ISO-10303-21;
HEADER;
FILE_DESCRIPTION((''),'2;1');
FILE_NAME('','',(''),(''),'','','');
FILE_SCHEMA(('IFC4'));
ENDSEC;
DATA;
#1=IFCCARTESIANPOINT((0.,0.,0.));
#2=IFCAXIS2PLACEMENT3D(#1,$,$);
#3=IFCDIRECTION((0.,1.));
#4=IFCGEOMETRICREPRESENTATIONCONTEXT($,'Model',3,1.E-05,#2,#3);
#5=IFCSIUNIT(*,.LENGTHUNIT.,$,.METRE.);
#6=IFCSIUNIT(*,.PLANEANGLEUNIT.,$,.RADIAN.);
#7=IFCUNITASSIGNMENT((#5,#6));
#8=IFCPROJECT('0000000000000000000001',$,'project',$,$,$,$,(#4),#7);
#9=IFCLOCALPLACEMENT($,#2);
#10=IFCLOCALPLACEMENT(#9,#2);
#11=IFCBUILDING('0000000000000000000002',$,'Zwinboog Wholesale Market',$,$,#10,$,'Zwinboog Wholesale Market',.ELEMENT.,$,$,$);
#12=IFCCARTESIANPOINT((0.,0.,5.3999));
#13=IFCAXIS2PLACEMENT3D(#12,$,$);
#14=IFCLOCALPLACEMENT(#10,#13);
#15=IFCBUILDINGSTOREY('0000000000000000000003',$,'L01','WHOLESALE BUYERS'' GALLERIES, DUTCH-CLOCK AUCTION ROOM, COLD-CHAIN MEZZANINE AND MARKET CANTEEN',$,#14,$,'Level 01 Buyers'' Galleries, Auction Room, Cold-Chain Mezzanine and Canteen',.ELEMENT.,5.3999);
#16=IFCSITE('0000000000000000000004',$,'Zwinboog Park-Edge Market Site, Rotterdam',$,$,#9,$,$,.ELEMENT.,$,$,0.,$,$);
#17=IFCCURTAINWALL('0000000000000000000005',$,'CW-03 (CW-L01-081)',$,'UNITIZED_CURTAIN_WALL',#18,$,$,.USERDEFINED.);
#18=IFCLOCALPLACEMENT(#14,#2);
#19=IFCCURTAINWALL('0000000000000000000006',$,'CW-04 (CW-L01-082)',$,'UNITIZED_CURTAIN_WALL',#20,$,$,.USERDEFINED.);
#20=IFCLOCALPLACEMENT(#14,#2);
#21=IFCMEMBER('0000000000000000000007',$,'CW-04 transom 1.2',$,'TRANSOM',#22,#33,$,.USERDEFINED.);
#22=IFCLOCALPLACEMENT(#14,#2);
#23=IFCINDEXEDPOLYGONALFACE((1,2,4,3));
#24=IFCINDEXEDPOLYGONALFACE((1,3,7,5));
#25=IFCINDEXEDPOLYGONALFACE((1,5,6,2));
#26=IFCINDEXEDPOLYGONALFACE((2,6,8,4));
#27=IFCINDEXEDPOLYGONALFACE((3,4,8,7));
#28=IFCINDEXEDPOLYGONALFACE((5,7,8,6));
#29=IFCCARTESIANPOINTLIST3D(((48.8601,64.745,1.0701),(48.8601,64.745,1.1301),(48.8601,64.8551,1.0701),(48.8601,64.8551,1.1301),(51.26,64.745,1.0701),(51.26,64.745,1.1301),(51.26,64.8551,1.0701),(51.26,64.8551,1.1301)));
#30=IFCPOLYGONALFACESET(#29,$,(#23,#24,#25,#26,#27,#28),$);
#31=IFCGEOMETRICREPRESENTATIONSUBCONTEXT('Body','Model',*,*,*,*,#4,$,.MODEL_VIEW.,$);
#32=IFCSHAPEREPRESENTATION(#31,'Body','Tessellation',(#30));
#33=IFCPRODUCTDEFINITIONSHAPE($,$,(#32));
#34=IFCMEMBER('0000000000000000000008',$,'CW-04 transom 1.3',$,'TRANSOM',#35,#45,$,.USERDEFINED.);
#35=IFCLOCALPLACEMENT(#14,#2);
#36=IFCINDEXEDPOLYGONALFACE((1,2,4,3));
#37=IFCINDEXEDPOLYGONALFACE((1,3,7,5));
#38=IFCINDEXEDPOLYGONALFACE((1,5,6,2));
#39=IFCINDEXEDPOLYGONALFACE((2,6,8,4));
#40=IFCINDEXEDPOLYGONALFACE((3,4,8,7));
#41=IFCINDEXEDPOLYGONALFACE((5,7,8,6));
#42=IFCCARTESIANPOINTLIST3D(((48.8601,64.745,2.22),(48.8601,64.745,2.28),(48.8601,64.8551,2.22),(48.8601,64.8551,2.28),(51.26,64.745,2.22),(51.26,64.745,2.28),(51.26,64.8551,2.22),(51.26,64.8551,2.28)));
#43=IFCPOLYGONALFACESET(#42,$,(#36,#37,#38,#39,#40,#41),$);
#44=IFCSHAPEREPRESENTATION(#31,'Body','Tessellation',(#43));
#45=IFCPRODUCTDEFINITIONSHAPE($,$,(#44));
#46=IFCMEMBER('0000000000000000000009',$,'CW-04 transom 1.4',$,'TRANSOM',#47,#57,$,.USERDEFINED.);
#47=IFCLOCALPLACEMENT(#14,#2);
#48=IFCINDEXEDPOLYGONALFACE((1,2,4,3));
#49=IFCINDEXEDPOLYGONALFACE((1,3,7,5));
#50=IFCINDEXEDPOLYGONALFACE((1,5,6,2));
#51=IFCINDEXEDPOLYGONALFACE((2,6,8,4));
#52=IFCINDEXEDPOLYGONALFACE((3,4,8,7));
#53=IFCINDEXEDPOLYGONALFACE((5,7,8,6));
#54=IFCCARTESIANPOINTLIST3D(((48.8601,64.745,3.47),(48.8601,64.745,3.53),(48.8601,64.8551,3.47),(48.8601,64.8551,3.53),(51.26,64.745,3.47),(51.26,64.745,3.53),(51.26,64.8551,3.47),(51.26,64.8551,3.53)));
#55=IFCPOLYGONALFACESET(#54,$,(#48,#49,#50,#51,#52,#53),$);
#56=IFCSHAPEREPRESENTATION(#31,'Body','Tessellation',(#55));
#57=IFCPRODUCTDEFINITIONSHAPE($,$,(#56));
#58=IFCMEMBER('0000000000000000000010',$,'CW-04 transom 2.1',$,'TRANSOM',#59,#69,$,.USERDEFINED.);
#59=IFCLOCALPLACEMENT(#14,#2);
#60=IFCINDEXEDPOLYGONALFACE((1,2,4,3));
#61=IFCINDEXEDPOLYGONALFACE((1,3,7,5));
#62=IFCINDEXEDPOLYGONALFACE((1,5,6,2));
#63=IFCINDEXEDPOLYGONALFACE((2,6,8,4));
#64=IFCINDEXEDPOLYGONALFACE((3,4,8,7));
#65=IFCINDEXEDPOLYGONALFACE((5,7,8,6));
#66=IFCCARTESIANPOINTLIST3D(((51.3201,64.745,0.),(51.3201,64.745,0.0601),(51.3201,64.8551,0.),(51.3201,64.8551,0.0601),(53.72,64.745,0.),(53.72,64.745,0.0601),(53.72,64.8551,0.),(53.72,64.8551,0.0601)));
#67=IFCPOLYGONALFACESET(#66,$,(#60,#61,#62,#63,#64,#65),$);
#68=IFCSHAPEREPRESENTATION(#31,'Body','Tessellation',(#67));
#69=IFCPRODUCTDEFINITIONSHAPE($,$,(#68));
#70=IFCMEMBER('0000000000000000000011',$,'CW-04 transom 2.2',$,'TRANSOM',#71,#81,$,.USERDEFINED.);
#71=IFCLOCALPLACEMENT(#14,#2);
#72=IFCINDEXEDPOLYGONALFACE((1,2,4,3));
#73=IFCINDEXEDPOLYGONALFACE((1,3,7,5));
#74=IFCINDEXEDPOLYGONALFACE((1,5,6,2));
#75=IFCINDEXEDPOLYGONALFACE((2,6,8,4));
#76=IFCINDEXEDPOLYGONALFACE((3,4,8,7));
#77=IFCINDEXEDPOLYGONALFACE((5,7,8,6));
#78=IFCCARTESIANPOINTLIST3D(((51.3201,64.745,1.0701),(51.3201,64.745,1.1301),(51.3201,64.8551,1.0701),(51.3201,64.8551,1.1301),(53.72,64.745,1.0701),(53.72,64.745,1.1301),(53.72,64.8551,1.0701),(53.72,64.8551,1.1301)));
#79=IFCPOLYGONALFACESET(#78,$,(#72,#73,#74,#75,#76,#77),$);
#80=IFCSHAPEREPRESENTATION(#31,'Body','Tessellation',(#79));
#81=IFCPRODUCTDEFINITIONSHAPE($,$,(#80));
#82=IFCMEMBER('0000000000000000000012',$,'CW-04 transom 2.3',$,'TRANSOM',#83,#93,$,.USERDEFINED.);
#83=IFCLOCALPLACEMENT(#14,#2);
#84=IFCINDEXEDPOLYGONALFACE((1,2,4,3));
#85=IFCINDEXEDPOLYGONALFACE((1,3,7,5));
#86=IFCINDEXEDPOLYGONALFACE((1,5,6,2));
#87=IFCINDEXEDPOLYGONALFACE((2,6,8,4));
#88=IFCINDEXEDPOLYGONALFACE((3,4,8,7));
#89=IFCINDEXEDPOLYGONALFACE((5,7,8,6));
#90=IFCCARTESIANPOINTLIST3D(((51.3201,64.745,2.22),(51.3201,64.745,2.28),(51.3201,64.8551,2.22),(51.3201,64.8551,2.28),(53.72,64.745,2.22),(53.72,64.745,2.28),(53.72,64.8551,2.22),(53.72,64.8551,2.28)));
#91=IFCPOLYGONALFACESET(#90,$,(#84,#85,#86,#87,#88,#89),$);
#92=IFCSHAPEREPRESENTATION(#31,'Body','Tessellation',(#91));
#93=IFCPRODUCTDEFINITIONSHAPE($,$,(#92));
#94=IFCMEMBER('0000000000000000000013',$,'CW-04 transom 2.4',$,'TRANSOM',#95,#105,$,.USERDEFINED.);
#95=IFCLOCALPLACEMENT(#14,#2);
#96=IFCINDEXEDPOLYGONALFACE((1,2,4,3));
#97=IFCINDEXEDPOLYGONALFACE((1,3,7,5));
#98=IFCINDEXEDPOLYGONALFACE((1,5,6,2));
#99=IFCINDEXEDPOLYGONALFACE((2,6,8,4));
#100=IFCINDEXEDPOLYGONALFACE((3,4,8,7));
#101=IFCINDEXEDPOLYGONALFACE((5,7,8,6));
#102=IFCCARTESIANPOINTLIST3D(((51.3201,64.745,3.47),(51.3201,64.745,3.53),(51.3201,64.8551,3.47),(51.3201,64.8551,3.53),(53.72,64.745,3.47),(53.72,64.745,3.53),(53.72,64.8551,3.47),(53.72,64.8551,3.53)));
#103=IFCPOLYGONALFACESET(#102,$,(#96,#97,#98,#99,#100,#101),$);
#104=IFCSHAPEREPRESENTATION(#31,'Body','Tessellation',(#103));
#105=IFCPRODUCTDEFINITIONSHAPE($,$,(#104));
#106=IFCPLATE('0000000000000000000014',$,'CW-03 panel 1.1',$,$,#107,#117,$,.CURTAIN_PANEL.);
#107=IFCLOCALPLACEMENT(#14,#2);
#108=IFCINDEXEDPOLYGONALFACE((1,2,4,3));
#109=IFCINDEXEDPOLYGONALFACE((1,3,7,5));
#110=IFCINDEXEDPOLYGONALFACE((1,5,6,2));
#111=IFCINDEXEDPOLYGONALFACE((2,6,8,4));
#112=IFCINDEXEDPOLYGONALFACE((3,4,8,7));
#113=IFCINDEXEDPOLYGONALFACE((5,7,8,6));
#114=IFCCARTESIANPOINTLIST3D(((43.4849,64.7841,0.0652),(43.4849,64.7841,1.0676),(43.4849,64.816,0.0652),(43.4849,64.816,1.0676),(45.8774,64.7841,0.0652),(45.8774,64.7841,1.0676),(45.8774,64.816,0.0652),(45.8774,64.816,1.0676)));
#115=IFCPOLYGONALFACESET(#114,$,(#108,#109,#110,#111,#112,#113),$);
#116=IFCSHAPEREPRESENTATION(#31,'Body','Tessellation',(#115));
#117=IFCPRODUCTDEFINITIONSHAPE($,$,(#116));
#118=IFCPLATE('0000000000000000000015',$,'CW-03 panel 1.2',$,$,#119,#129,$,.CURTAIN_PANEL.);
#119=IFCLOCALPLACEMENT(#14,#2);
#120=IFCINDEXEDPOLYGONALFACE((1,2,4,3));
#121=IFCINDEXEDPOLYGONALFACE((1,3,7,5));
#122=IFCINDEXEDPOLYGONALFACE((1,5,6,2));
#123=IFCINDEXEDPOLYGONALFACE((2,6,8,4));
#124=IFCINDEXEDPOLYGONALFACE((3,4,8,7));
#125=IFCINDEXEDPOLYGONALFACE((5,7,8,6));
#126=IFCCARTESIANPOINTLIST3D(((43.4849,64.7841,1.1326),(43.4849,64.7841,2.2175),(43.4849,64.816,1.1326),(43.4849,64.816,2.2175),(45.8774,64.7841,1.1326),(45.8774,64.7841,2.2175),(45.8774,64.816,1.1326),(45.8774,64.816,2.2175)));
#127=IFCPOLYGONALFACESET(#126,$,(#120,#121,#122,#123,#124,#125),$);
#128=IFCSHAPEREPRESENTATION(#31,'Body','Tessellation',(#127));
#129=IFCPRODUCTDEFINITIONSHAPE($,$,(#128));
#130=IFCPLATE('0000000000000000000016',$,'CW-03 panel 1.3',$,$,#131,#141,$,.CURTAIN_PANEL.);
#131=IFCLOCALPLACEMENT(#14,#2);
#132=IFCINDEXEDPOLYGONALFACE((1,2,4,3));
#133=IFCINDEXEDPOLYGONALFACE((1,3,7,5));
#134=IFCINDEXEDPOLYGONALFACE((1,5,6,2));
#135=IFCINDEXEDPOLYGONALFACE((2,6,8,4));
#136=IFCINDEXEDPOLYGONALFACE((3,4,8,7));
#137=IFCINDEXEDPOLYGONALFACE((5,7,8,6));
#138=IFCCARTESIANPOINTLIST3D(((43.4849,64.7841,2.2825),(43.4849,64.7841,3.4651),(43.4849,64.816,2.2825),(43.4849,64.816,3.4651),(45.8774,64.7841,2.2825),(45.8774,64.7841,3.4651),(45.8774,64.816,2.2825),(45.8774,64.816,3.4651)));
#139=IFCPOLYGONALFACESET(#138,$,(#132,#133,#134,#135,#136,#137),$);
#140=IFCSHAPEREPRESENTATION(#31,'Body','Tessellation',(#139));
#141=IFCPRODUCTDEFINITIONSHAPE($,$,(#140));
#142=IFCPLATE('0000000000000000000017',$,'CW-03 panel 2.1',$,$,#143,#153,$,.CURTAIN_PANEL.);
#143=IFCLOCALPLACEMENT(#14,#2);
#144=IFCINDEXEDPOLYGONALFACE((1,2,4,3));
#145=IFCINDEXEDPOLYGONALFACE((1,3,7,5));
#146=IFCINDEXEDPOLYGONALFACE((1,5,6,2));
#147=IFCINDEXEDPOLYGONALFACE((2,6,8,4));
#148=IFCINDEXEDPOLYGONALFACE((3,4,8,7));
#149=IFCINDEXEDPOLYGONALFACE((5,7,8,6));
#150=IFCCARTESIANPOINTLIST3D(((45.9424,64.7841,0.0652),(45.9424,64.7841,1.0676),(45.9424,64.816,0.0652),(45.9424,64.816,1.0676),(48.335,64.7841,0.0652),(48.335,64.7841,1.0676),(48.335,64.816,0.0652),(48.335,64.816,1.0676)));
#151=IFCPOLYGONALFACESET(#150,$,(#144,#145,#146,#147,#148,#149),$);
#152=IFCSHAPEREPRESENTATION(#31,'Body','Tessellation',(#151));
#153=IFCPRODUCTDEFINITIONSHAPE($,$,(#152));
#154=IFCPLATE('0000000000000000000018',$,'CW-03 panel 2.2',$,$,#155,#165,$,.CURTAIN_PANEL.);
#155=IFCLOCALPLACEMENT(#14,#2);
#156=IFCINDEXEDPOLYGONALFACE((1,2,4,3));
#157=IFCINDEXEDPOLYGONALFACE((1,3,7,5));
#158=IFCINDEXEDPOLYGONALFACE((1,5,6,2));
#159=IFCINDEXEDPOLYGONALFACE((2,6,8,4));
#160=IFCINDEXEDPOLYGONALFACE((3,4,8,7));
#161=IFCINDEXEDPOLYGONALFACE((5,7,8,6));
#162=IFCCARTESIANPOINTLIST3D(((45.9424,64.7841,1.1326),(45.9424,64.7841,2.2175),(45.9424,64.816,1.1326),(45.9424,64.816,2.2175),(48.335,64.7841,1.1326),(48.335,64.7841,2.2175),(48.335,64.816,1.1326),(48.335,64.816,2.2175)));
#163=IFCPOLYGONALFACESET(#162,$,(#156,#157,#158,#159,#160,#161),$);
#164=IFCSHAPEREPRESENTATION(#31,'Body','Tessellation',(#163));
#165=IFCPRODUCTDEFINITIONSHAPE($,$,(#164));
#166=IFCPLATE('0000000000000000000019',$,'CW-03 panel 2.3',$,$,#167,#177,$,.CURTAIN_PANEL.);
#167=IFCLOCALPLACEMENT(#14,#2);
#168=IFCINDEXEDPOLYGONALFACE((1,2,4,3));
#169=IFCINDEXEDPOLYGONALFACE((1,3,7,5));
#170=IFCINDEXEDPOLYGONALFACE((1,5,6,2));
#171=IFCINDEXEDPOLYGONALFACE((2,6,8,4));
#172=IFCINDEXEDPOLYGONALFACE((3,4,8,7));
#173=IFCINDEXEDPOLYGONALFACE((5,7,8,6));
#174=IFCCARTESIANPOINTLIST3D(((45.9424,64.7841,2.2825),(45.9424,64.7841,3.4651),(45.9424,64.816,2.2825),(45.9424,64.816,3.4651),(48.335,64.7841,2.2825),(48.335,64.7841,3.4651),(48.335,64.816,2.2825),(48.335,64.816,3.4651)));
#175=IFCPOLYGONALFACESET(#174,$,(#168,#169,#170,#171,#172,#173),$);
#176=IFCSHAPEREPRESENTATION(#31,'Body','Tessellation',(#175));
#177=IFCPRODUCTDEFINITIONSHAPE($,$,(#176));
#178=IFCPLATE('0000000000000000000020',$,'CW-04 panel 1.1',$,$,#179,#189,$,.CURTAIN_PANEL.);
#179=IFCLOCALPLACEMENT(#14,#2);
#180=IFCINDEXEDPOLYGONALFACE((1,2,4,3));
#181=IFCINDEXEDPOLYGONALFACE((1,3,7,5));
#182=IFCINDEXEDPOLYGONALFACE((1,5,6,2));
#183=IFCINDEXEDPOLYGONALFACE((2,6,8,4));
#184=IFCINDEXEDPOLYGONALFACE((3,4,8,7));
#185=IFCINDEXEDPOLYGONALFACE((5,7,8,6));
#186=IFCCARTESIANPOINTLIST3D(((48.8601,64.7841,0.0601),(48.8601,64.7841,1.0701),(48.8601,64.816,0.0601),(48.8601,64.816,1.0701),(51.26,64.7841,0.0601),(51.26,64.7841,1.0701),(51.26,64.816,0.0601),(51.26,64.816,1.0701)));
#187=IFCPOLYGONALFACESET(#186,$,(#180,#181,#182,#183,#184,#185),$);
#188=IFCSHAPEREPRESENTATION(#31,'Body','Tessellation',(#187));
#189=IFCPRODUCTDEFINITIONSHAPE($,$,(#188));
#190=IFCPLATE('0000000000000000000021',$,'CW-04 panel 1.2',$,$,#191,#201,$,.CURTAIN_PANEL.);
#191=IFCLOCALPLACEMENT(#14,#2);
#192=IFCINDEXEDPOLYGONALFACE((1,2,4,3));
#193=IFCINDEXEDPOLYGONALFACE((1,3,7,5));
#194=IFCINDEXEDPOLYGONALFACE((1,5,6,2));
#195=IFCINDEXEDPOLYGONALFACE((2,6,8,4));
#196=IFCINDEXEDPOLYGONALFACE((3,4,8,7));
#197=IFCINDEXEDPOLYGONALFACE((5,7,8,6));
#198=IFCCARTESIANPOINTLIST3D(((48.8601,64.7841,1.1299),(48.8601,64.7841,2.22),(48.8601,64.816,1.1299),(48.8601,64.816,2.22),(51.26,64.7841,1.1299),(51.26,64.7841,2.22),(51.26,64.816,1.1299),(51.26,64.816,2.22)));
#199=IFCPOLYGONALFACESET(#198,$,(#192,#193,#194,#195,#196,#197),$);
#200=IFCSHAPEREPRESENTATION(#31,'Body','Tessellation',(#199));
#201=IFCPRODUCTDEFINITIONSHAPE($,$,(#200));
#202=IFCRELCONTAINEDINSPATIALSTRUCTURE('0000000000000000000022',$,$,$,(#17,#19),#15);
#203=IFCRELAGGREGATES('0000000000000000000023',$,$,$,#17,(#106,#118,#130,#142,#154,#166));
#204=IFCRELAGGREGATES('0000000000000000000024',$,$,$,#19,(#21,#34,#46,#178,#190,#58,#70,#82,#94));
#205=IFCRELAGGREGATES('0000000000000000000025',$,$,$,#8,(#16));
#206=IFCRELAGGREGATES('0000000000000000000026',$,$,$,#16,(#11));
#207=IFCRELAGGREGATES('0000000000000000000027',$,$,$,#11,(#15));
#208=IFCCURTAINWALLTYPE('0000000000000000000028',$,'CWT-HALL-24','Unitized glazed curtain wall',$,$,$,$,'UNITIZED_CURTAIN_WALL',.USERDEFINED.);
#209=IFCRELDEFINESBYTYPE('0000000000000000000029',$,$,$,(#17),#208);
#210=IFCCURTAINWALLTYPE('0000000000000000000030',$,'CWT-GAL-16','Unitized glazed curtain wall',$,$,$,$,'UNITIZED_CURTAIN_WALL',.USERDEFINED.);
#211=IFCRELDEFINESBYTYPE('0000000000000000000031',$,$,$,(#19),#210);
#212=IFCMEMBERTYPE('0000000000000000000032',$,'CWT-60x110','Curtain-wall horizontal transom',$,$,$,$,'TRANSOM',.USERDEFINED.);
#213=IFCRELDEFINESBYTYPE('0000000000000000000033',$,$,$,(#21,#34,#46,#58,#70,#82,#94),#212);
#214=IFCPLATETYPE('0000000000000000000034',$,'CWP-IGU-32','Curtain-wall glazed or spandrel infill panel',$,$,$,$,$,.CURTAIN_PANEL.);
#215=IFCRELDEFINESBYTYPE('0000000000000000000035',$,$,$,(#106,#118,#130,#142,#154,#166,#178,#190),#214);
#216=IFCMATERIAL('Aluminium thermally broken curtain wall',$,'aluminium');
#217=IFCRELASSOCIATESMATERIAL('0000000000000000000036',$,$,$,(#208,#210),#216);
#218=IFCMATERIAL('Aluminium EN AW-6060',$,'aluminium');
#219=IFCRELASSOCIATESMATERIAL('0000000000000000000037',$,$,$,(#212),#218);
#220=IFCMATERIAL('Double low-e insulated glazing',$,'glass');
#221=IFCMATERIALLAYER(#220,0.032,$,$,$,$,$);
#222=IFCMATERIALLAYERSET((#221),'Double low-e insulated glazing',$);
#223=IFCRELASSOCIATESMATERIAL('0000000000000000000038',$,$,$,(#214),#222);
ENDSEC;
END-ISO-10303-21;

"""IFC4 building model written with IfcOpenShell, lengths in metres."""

from ifc_helpers import new_model, si_unit, direction, frame, origin, origin_2d, place, context, subcontext, project, spatial, rectangle, extrude, material, layer, layer_set, material_profile, profile_set, type_object, element, aggregate, save


model = new_model("IFC4")

# Units and contexts
model_context = context("Model", 3, precision=1e-05, world=origin(), true_north=direction((0.0, 1.0)))
body_context = subcontext(model_context, "Body", "Model", "MODEL_VIEW")
ifc_project = project(units=[si_unit("LENGTHUNIT", "METRE"), si_unit("PLANEANGLEUNIT", "RADIAN")], contexts=[model_context])

# Site, building, storey
site_placement = place(None, origin())
site = spatial("IfcSite", under=ifc_project, at=site_placement, Name="Zwinboog Park-Edge Market Site, Rotterdam", CompositionType="ELEMENT", RefElevation=0.0)
building_placement = place(site_placement, origin())
building = spatial("IfcBuilding", under=site, at=building_placement, Name="Zwinboog Wholesale Market", LongName="Zwinboog Wholesale Market", CompositionType="ELEMENT")
storey_placement = place(building_placement, frame((0.0, 0.0, 5.3999)))
storey = spatial("IfcBuildingStorey", under=building, at=storey_placement, Name="L01", Description="WHOLESALE BUYERS' GALLERIES, DUTCH-CLOCK AUCTION ROOM, COLD-CHAIN MEZZANINE AND MARKET CANTEEN", LongName="Level 01 Buyers' Galleries, Auction Room, Cold-Chain Mezzanine and Canteen", CompositionType="ELEMENT", Elevation=5.3999)

# Curtain walls
ifc_material_1 = material(Name="Aluminium thermally broken curtain wall", Category="aluminium")
curtain_wall_type_1 = type_object("IfcCurtainWallType", Name="CWT-HALL-24", Description="Unitized glazed curtain wall", ElementType="UNITIZED_CURTAIN_WALL", PredefinedType="USERDEFINED", material=ifc_material_1)
curtain_wall_1_placement = place(storey_placement, origin())
curtain_wall_1 = element("IfcCurtainWall", 1, at=curtain_wall_1_placement, inside=storey, type_object=curtain_wall_type_1, Name="CW-03 (CW-L01-081)", ObjectType="UNITIZED_CURTAIN_WALL", PredefinedType="USERDEFINED")
ifc_material_2 = material(Name="Aluminium EN AW-6060", Category="aluminium")
curtain_wall_type_2 = type_object("IfcCurtainWallType", Name="CWT-GAL-16", Description="Unitized glazed curtain wall", ElementType="UNITIZED_CURTAIN_WALL", PredefinedType="USERDEFINED", material=ifc_material_1)
curtain_wall_2_placement = place(storey_placement, origin())
curtain_wall_2 = element("IfcCurtainWall", 2, at=curtain_wall_2_placement, inside=storey, type_object=curtain_wall_type_2, Name="CW-04 (CW-L01-082)", ObjectType="UNITIZED_CURTAIN_WALL", PredefinedType="USERDEFINED")

# Members
ifc_material_profile_1 = material_profile(ifc_material_2, rectangle(XDim=0.1101, YDim=0.0601, at=origin_2d()), Name="AL 60x110")
ifc_profile_set_1 = profile_set([ifc_material_profile_1], Name="Aluminium EN AW-6060")
member_type_1 = type_object("IfcMemberType", Name="CWT-60x110", Description="Curtain-wall horizontal transom", ElementType="TRANSOM", PredefinedType="USERDEFINED", material=ifc_profile_set_1)
member_1_placement = place(storey_placement, frame((48.8601, 64.8, 1.1001), z_axis=(1.0, 0.0, 0.0), x_axis=(0.0, 1.0, 0.0)))
member_1 = element("IfcMember", 3, at=member_1_placement, type_object=member_type_1, Name="CW-04 transom 1.2", ObjectType="TRANSOM", PredefinedType="USERDEFINED", context=body_context, shape_type="SweptSolid", body=[
    extrude(rectangle(XDim=0.1101, YDim=0.0601, at=origin_2d()), origin(), (0.0, 0.0, 1.0), 2.3999),
])
member_2_placement = place(storey_placement, frame((48.8601, 64.8, 2.25), z_axis=(1.0, 0.0, 0.0), x_axis=(0.0, 1.0, 0.0)))
member_2 = element("IfcMember", 4, at=member_2_placement, type_object=member_type_1, Name="CW-04 transom 1.3", ObjectType="TRANSOM", PredefinedType="USERDEFINED", context=body_context, shape_type="SweptSolid", body=[
    extrude(rectangle(XDim=0.1101, YDim=0.0601, at=origin_2d()), origin(), (0.0, 0.0, 1.0), 2.3999),
])
member_3_placement = place(storey_placement, frame((48.8601, 64.8, 3.5), z_axis=(1.0, 0.0, 0.0), x_axis=(0.0, 1.0, 0.0)))
member_3 = element("IfcMember", 5, at=member_3_placement, type_object=member_type_1, Name="CW-04 transom 1.4", ObjectType="TRANSOM", PredefinedType="USERDEFINED", context=body_context, shape_type="SweptSolid", body=[
    extrude(rectangle(XDim=0.1101, YDim=0.0601, at=origin_2d()), origin(), (0.0, 0.0, 1.0), 2.3999),
])
member_4_placement = place(storey_placement, frame((51.3201, 64.8, 0.03), z_axis=(1.0, 0.0, 0.0), x_axis=(0.0, 1.0, 0.0)))
member_4 = element("IfcMember", 6, at=member_4_placement, type_object=member_type_1, Name="CW-04 transom 2.1", ObjectType="TRANSOM", PredefinedType="USERDEFINED", context=body_context, shape_type="SweptSolid", body=[
    extrude(rectangle(XDim=0.1101, YDim=0.0601, at=origin_2d()), origin(), (0.0, 0.0, 1.0), 2.3999),
])
member_5_placement = place(storey_placement, frame((51.3201, 64.8, 1.1001), z_axis=(1.0, 0.0, 0.0), x_axis=(0.0, 1.0, 0.0)))
member_5 = element("IfcMember", 7, at=member_5_placement, type_object=member_type_1, Name="CW-04 transom 2.2", ObjectType="TRANSOM", PredefinedType="USERDEFINED", context=body_context, shape_type="SweptSolid", body=[
    extrude(rectangle(XDim=0.1101, YDim=0.0601, at=origin_2d()), origin(), (0.0, 0.0, 1.0), 2.3999),
])
member_6_placement = place(storey_placement, frame((51.3201, 64.8, 2.25), z_axis=(1.0, 0.0, 0.0), x_axis=(0.0, 1.0, 0.0)))
member_6 = element("IfcMember", 8, at=member_6_placement, type_object=member_type_1, Name="CW-04 transom 2.3", ObjectType="TRANSOM", PredefinedType="USERDEFINED", context=body_context, shape_type="SweptSolid", body=[
    extrude(rectangle(XDim=0.1101, YDim=0.0601, at=origin_2d()), origin(), (0.0, 0.0, 1.0), 2.3999),
])
member_7_placement = place(storey_placement, frame((51.3201, 64.8, 3.5), z_axis=(1.0, 0.0, 0.0), x_axis=(0.0, 1.0, 0.0)))
member_7 = element("IfcMember", 9, at=member_7_placement, type_object=member_type_1, Name="CW-04 transom 2.4", ObjectType="TRANSOM", PredefinedType="USERDEFINED", context=body_context, shape_type="SweptSolid", body=[
    extrude(rectangle(XDim=0.1101, YDim=0.0601, at=origin_2d()), origin(), (0.0, 0.0, 1.0), 2.3999),
])

# Plates
ifc_material_3 = material(Name="Double low-e insulated glazing", Category="glass")
ifc_layer_1 = layer(ifc_material_3, 0.032)
ifc_layer_set_1 = layer_set([ifc_layer_1], Name="Double low-e insulated glazing")
plate_type = type_object("IfcPlateType", Name="CWP-IGU-32", Description="Curtain-wall glazed or spandrel infill panel", PredefinedType="CURTAIN_PANEL", material=ifc_layer_set_1)
plate_1_placement = place(storey_placement, frame((44.6812, 64.8, 0.0652), z_axis=(0.0, 0.0, 1.0), x_axis=(1.0, 0.0, 0.0)))
plate_1 = element("IfcPlate", 10, at=plate_1_placement, type_object=plate_type, Name="CW-03 panel 1.1", PredefinedType="CURTAIN_PANEL", context=body_context, shape_type="SweptSolid", body=[
    extrude(rectangle(XDim=2.3926, YDim=0.032, at=origin_2d()), origin(), (0.0, 0.0, 1.0), 1.0024),
])
plate_2_placement = place(storey_placement, frame((44.6812, 64.8, 1.1326), z_axis=(0.0, 0.0, 1.0), x_axis=(1.0, 0.0, 0.0)))
plate_2 = element("IfcPlate", 11, at=plate_2_placement, type_object=plate_type, Name="CW-03 panel 1.2", PredefinedType="CURTAIN_PANEL", context=body_context, shape_type="SweptSolid", body=[
    extrude(rectangle(XDim=2.3926, YDim=0.032, at=origin_2d()), origin(), (0.0, 0.0, 1.0), 1.085),
])
plate_3_placement = place(storey_placement, frame((44.6812, 64.8, 2.2825), z_axis=(0.0, 0.0, 1.0), x_axis=(1.0, 0.0, 0.0)))
plate_3 = element("IfcPlate", 12, at=plate_3_placement, type_object=plate_type, Name="CW-03 panel 1.3", PredefinedType="CURTAIN_PANEL", context=body_context, shape_type="SweptSolid", body=[
    extrude(rectangle(XDim=2.3926, YDim=0.032, at=origin_2d()), origin(), (0.0, 0.0, 1.0), 1.1826),
])
plate_4_placement = place(storey_placement, frame((47.1387, 64.8, 0.0652), z_axis=(0.0, 0.0, 1.0), x_axis=(1.0, 0.0, 0.0)))
plate_4 = element("IfcPlate", 13, at=plate_4_placement, type_object=plate_type, Name="CW-03 panel 2.1", PredefinedType="CURTAIN_PANEL", context=body_context, shape_type="SweptSolid", body=[
    extrude(rectangle(XDim=2.3926, YDim=0.032, at=origin_2d()), origin(), (0.0, 0.0, 1.0), 1.0024),
])
plate_5_placement = place(storey_placement, frame((47.1387, 64.8, 1.1326), z_axis=(0.0, 0.0, 1.0), x_axis=(1.0, 0.0, 0.0)))
plate_5 = element("IfcPlate", 14, at=plate_5_placement, type_object=plate_type, Name="CW-03 panel 2.2", PredefinedType="CURTAIN_PANEL", context=body_context, shape_type="SweptSolid", body=[
    extrude(rectangle(XDim=2.3926, YDim=0.032, at=origin_2d()), origin(), (0.0, 0.0, 1.0), 1.085),
])
plate_6_placement = place(storey_placement, frame((47.1387, 64.8, 2.2825), z_axis=(0.0, 0.0, 1.0), x_axis=(1.0, 0.0, 0.0)))
plate_6 = element("IfcPlate", 15, at=plate_6_placement, type_object=plate_type, Name="CW-03 panel 2.3", PredefinedType="CURTAIN_PANEL", context=body_context, shape_type="SweptSolid", body=[
    extrude(rectangle(XDim=2.3926, YDim=0.032, at=origin_2d()), origin(), (0.0, 0.0, 1.0), 1.1826),
])
aggregate(curtain_wall_1, [plate_1, plate_2, plate_3, plate_4, plate_5, plate_6])
plate_7_placement = place(storey_placement, frame((50.0601, 64.8, 0.0601), z_axis=(0.0, 0.0, 1.0), x_axis=(1.0, 0.0, 0.0)))
plate_7 = element("IfcPlate", 16, at=plate_7_placement, type_object=plate_type, Name="CW-04 panel 1.1", PredefinedType="CURTAIN_PANEL", context=body_context, shape_type="SweptSolid", body=[
    extrude(rectangle(XDim=2.3999, YDim=0.032, at=origin_2d()), origin(), (0.0, 0.0, 1.0), 1.01),
])
plate_8_placement = place(storey_placement, frame((50.0601, 64.8, 1.1299), z_axis=(0.0, 0.0, 1.0), x_axis=(1.0, 0.0, 0.0)))
plate_8 = element("IfcPlate", 17, at=plate_8_placement, type_object=plate_type, Name="CW-04 panel 1.2", PredefinedType="CURTAIN_PANEL", context=body_context, shape_type="SweptSolid", body=[
    extrude(rectangle(XDim=2.3999, YDim=0.032, at=origin_2d()), origin(), (0.0, 0.0, 1.0), 1.0901),
])
aggregate(curtain_wall_2, [member_1, member_2, member_3, plate_7, plate_8, member_4, member_5, member_6, member_7])

save(model, "model.ifc")
